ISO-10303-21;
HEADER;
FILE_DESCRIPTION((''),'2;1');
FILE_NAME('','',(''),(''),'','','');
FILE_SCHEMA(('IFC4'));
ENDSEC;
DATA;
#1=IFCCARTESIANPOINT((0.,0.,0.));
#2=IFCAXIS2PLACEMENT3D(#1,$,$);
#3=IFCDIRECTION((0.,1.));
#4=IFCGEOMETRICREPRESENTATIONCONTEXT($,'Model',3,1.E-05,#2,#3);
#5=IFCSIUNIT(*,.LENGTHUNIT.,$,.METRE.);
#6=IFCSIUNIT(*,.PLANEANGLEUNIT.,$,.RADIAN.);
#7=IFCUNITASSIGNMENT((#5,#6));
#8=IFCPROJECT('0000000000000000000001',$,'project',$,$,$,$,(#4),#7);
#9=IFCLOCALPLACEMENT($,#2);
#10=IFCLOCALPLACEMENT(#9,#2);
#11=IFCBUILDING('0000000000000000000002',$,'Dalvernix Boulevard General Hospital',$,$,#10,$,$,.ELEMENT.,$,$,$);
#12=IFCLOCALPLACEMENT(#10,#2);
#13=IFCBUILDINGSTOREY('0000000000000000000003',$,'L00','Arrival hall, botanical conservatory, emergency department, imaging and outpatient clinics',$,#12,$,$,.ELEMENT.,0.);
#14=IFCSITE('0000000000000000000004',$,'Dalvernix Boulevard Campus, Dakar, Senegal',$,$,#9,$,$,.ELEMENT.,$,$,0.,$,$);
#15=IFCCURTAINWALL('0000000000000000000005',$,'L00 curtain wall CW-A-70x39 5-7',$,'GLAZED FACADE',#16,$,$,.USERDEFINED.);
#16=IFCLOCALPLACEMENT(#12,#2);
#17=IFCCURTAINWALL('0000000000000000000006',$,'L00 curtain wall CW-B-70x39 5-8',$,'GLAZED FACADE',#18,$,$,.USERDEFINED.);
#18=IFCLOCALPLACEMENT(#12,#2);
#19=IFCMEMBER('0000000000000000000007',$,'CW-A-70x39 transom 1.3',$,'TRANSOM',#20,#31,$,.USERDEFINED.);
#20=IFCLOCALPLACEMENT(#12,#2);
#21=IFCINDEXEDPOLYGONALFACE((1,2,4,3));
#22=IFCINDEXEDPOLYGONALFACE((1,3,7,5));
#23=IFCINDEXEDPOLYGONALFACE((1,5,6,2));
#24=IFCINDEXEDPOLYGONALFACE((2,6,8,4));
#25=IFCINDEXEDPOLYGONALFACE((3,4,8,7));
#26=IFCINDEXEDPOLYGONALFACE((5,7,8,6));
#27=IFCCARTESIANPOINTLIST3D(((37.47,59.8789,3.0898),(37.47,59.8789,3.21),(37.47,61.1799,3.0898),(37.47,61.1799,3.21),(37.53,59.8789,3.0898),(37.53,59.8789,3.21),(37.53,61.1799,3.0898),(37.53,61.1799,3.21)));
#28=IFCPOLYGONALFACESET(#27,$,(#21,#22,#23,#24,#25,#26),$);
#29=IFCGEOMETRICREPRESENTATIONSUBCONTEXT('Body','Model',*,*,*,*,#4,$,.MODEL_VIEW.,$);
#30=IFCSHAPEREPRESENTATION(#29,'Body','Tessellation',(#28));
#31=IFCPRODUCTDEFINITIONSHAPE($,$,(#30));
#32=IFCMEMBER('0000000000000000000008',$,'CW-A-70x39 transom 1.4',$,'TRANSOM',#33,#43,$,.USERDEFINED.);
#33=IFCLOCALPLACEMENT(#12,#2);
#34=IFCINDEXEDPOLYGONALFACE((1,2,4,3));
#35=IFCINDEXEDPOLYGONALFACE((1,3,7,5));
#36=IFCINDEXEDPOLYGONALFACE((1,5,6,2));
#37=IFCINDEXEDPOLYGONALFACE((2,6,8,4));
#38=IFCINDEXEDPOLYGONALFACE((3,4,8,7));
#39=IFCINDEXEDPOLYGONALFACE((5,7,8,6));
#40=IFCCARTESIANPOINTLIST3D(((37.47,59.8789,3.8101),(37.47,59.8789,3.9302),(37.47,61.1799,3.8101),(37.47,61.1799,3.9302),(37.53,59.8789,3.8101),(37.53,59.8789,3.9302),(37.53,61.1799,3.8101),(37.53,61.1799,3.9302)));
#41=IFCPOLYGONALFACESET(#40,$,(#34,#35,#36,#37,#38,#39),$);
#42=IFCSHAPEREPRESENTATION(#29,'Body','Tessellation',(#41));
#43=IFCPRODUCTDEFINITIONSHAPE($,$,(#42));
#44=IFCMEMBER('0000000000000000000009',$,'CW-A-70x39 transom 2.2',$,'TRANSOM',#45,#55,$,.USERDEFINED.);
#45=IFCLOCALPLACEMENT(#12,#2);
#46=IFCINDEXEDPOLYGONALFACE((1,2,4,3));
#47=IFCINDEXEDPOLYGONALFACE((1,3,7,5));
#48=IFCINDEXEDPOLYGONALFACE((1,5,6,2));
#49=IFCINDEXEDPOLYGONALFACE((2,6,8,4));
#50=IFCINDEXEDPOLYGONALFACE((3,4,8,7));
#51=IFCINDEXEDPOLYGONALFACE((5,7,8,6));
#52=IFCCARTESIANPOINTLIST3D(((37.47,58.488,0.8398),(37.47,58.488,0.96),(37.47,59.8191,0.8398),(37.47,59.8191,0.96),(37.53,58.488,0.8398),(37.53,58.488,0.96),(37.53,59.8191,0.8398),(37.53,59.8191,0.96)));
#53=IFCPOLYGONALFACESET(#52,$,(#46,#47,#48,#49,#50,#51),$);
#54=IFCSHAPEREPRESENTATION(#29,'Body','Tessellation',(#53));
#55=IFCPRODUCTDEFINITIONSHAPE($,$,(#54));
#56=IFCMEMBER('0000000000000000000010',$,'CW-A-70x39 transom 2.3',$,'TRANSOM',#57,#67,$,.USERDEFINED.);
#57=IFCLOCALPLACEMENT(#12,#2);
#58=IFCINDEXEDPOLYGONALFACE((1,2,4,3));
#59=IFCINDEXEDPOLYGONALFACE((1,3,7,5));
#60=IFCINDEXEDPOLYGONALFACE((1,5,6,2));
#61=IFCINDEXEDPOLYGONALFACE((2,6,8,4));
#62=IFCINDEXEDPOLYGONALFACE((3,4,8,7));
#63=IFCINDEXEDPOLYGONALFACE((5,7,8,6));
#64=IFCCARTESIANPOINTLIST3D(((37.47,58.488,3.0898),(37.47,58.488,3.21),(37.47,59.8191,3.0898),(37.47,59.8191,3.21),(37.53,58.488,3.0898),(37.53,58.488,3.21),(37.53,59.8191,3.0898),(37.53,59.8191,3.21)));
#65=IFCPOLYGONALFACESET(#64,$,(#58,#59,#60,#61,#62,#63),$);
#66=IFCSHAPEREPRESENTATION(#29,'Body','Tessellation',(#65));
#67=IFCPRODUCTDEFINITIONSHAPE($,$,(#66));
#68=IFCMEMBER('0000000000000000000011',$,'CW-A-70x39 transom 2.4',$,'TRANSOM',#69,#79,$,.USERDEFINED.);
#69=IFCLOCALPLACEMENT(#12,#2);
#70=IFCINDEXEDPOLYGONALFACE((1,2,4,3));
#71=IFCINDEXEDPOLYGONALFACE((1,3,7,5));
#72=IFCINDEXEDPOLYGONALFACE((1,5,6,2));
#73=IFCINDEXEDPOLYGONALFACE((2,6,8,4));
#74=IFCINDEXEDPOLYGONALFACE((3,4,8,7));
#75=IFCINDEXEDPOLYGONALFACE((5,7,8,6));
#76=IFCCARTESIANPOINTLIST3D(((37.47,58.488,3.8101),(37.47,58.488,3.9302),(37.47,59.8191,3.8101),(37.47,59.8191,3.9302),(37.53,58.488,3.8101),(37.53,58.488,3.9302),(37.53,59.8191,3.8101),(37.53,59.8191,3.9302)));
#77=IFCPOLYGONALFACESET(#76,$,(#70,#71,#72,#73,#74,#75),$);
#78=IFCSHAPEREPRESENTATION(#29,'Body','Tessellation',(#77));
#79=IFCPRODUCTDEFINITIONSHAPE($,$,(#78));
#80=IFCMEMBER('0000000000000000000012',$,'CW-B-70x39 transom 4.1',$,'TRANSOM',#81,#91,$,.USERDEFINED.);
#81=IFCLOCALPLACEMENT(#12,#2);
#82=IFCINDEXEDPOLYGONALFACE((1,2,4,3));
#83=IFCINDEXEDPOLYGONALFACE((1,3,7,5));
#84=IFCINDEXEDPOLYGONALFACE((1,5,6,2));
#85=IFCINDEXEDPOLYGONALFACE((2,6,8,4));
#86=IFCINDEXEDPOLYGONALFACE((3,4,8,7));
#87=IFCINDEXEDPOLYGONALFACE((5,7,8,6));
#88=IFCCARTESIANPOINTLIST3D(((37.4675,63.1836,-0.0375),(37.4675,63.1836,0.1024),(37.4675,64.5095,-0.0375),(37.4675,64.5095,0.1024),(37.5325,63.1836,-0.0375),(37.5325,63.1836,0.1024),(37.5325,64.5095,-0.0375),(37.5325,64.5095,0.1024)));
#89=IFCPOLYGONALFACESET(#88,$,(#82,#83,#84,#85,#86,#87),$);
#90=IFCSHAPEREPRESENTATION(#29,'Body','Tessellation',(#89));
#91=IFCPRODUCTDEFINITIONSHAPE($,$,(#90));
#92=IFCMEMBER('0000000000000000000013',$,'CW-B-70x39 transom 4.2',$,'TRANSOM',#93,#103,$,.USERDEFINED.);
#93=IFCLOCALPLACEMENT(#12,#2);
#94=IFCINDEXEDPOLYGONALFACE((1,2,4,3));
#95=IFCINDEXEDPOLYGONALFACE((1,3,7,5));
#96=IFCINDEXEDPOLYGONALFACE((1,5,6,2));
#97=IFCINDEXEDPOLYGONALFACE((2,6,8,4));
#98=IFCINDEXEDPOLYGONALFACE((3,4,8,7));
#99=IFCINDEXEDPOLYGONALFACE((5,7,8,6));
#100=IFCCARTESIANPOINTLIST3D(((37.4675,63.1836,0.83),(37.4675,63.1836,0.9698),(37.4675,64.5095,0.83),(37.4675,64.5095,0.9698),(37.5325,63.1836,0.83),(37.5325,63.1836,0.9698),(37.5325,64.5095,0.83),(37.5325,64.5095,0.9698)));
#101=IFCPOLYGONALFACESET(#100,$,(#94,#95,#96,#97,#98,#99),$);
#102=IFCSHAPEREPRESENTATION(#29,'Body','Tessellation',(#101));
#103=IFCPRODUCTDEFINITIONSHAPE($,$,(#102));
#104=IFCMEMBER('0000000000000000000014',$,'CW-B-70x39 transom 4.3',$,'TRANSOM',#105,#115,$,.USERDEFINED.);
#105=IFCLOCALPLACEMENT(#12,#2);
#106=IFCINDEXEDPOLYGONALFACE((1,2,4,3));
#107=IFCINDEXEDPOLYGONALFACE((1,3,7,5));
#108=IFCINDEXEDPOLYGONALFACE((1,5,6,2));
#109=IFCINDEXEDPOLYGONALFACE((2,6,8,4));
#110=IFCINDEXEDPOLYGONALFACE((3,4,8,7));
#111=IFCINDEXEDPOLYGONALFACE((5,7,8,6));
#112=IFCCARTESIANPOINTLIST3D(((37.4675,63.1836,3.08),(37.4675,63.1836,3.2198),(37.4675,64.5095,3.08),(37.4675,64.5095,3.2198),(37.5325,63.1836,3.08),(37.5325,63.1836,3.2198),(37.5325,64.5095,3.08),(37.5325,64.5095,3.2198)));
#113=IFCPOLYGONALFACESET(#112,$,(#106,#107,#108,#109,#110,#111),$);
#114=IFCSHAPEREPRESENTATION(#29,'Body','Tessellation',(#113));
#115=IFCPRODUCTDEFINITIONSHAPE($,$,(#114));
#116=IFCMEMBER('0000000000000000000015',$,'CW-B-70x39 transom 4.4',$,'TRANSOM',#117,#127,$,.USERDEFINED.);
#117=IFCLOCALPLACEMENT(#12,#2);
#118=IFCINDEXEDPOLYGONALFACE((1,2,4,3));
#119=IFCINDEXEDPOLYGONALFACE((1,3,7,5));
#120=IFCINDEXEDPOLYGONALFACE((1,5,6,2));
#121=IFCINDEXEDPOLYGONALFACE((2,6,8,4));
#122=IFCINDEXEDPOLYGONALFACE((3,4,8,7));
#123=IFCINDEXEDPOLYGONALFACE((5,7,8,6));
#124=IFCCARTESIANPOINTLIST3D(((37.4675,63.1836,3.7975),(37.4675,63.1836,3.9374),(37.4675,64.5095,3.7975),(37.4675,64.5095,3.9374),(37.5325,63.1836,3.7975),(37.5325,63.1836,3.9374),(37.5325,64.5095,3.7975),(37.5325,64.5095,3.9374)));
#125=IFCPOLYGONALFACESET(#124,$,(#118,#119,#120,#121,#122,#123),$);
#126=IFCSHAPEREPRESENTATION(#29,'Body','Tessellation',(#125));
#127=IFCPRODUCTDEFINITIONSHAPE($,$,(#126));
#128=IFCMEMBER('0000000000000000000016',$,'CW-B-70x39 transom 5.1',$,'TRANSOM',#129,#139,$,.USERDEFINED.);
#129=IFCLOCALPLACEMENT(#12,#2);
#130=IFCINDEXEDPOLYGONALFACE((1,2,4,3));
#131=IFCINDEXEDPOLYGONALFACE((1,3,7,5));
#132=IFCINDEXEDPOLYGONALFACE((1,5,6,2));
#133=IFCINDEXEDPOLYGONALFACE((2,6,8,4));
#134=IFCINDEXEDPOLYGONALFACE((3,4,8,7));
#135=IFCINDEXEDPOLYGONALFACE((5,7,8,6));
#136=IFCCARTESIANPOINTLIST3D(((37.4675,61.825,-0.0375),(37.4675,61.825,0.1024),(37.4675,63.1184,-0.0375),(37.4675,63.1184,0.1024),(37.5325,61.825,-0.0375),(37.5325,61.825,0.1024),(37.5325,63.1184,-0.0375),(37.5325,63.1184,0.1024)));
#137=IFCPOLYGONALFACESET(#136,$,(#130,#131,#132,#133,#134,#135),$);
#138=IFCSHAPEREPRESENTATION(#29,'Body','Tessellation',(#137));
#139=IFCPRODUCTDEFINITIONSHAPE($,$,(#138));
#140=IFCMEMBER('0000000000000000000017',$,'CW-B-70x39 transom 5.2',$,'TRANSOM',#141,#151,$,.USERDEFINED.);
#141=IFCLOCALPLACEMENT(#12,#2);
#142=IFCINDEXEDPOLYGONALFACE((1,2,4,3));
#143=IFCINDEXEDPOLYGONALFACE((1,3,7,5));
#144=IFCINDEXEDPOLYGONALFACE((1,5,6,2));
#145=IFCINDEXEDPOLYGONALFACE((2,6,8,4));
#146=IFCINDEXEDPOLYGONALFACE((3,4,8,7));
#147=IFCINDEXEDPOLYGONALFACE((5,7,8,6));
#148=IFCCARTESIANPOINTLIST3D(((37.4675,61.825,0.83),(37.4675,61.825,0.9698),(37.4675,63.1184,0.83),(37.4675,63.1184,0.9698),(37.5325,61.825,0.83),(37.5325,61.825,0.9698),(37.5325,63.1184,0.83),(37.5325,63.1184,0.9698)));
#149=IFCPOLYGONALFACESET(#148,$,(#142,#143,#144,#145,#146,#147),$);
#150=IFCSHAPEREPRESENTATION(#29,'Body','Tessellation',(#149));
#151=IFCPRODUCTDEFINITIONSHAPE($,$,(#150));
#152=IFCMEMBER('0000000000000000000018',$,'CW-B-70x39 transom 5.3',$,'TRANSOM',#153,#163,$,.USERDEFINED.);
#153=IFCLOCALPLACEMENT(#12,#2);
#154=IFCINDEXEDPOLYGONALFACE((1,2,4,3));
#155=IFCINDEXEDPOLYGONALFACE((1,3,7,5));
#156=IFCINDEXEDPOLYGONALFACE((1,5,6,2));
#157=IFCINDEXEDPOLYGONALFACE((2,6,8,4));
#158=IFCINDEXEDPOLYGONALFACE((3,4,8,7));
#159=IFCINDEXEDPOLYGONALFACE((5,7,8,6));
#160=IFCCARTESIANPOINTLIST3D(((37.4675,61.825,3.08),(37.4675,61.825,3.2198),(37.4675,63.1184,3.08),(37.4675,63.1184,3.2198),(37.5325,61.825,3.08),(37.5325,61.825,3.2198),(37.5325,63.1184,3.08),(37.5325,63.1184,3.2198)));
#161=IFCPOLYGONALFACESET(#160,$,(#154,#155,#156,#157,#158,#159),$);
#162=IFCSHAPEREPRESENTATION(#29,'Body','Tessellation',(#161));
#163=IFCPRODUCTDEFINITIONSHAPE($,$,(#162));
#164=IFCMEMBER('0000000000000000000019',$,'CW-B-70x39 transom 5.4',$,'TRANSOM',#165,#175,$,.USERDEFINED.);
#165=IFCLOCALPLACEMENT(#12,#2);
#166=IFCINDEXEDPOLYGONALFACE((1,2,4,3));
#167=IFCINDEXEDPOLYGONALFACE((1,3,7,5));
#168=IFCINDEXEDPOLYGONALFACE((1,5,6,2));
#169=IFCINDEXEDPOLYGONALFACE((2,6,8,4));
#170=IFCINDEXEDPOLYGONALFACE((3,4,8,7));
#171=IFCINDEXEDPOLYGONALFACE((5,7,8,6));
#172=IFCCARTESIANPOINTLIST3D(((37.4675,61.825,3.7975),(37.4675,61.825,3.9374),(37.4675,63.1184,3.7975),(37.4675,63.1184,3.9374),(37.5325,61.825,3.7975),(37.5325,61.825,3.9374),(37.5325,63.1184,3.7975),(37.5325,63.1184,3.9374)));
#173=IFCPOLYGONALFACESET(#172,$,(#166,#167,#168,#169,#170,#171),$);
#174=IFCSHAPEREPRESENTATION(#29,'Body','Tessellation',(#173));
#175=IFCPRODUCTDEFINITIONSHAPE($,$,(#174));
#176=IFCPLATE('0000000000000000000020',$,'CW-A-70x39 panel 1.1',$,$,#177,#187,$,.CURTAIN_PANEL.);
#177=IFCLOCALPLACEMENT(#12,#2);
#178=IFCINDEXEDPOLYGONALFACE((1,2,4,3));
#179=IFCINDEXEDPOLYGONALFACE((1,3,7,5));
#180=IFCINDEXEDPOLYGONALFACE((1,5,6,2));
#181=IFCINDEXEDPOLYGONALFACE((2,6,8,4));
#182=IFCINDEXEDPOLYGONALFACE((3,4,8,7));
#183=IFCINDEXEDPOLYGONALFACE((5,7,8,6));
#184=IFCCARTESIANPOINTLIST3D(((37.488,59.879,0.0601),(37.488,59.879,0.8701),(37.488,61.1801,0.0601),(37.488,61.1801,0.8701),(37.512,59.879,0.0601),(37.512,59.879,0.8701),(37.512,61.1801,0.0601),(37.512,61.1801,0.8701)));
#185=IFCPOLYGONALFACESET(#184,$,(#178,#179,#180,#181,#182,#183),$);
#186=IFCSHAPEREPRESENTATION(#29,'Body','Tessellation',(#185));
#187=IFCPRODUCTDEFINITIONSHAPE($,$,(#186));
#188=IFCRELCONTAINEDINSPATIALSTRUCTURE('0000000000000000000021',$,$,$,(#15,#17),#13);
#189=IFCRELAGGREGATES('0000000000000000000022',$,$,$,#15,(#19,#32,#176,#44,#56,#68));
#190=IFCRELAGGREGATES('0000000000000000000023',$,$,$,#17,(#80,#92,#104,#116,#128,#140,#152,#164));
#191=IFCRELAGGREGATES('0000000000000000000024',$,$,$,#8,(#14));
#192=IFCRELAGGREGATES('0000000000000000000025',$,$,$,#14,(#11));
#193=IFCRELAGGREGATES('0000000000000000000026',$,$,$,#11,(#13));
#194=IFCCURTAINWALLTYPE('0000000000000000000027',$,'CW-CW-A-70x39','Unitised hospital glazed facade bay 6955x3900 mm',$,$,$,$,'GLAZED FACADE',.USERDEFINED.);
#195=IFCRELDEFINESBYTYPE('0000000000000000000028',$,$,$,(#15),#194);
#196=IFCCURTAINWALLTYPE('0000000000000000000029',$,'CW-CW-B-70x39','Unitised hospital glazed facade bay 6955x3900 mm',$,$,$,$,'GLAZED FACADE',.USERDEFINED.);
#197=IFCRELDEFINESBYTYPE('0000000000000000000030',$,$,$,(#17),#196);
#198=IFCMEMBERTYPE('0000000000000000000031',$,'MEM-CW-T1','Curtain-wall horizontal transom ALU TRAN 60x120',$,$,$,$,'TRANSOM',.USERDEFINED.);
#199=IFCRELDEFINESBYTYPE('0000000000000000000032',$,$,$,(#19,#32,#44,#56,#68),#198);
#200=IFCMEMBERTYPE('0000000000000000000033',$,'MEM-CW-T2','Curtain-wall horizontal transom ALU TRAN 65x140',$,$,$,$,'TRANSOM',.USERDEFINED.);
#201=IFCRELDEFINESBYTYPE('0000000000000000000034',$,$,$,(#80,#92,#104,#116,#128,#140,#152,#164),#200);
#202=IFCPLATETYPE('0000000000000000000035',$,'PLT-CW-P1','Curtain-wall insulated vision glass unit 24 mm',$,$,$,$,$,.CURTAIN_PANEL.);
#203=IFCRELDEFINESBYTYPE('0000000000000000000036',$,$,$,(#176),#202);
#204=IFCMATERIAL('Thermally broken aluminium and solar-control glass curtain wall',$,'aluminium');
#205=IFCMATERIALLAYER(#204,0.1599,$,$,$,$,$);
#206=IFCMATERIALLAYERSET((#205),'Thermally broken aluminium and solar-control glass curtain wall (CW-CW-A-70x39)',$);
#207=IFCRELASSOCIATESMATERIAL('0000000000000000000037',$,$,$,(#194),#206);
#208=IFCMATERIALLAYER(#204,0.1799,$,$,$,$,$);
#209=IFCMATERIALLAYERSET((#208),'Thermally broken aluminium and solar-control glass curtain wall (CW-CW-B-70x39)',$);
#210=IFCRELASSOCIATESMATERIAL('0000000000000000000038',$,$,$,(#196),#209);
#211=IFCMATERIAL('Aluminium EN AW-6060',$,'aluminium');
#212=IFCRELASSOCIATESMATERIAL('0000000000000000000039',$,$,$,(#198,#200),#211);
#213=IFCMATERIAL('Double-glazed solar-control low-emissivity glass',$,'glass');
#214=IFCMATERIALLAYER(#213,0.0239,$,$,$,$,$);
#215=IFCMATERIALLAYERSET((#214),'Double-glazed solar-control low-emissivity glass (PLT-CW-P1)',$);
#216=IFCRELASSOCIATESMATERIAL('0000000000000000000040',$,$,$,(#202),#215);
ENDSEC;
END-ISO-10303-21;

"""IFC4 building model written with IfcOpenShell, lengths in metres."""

from ifc_helpers import new_model, si_unit, direction, frame, origin, origin_2d, place, context, subcontext, project, spatial, rectangle, extrude, material, layer, layer_set, material_profile, profile_set, type_object, element, aggregate, save


model = new_model("IFC4")

# Units and contexts
model_context = context("Model", 3, precision=1e-05, world=origin(), true_north=direction((0.0, 1.0)))
body_context = subcontext(model_context, "Body", "Model", "MODEL_VIEW")
ifc_project = project(units=[si_unit("LENGTHUNIT", "METRE"), si_unit("PLANEANGLEUNIT", "RADIAN")], contexts=[model_context])

# Site, building, storey
site_placement = place(None, origin())
site = spatial("IfcSite", under=ifc_project, at=site_placement, Name="Dalvernix Boulevard Campus, Dakar, Senegal", CompositionType="ELEMENT", RefElevation=0.0)
building_placement = place(site_placement, origin())
building = spatial("IfcBuilding", under=site, at=building_placement, Name="Dalvernix Boulevard General Hospital", CompositionType="ELEMENT")
storey_placement = place(building_placement, origin())
storey = spatial("IfcBuildingStorey", under=building, at=storey_placement, Name="L00", Description="Arrival hall, botanical conservatory, emergency department, imaging and outpatient clinics", CompositionType="ELEMENT", Elevation=0.0)

# Curtain walls
ifc_material_1 = material(Name="Thermally broken aluminium and solar-control glass curtain wall", Category="aluminium")
ifc_layer_1 = layer(ifc_material_1, 0.1599)
ifc_layer_set_1 = layer_set([ifc_layer_1], Name="Thermally broken aluminium and solar-control glass curtain wall (CW-CW-A-70x39)")
curtain_wall_type_1 = type_object("IfcCurtainWallType", Name="CW-CW-A-70x39", Description="Unitised hospital glazed facade bay 6955x3900 mm", ElementType="GLAZED FACADE", PredefinedType="USERDEFINED", material=ifc_layer_set_1)
curtain_wall_1_placement = place(storey_placement, origin())
curtain_wall_1 = element("IfcCurtainWall", 1, at=curtain_wall_1_placement, inside=storey, type_object=curtain_wall_type_1, Name="L00 curtain wall CW-A-70x39 5-7", ObjectType="GLAZED FACADE", PredefinedType="USERDEFINED")
ifc_material_2 = material(Name="Aluminium EN AW-6060", Category="aluminium")
ifc_layer_2 = layer(ifc_material_1, 0.1799)
ifc_layer_set_2 = layer_set([ifc_layer_2], Name="Thermally broken aluminium and solar-control glass curtain wall (CW-CW-B-70x39)")
curtain_wall_type_2 = type_object("IfcCurtainWallType", Name="CW-CW-B-70x39", Description="Unitised hospital glazed facade bay 6955x3900 mm", ElementType="GLAZED FACADE", PredefinedType="USERDEFINED", material=ifc_layer_set_2)
curtain_wall_2_placement = place(storey_placement, origin())
curtain_wall_2 = element("IfcCurtainWall", 2, at=curtain_wall_2_placement, inside=storey, type_object=curtain_wall_type_2, Name="L00 curtain wall CW-B-70x39 5-8", ObjectType="GLAZED FACADE", PredefinedType="USERDEFINED")

# Members
ifc_material_profile_1 = material_profile(ifc_material_2, rectangle(XDim=0.0601, YDim=0.1201, at=origin_2d()), Name="ALU TRAN 60x120")
ifc_profile_set_1 = profile_set([ifc_material_profile_1], Name="Aluminium EN AW-6060")
member_type_1 = type_object("IfcMemberType", Name="MEM-CW-T1", Description="Curtain-wall horizontal transom ALU TRAN 60x120", ElementType="TRANSOM", PredefinedType="USERDEFINED", material=ifc_profile_set_1)
member_1_placement = place(storey_placement, frame((37.5, 61.1799, 3.1499), z_axis=(0.0, -1.0, 0.0), x_axis=(1.0, 0.0, 0.0)))
member_1 = element("IfcMember", 3, at=member_1_placement, type_object=member_type_1, Name="CW-A-70x39 transom 1.3", ObjectType="TRANSOM", PredefinedType="USERDEFINED", context=body_context, shape_type="SweptSolid", body=[
    extrude(rectangle(XDim=0.0601, YDim=0.1201, at=origin_2d()), origin(), (0.0, 0.0, 1.0), 1.301),
])
member_2_placement = place(storey_placement, frame((37.5, 61.1799, 3.8701), z_axis=(0.0, -1.0, 0.0), x_axis=(1.0, 0.0, 0.0)))
member_2 = element("IfcMember", 4, at=member_2_placement, type_object=member_type_1, Name="CW-A-70x39 transom 1.4", ObjectType="TRANSOM", PredefinedType="USERDEFINED", context=body_context, shape_type="SweptSolid", body=[
    extrude(rectangle(XDim=0.0601, YDim=0.1201, at=origin_2d()), origin(), (0.0, 0.0, 1.0), 1.301),
])
member_3_placement = place(storey_placement, frame((37.5, 59.8191, 0.8999), z_axis=(0.0, -1.0, 0.0), x_axis=(1.0, 0.0, 0.0)))
member_3 = element("IfcMember", 5, at=member_3_placement, type_object=member_type_1, Name="CW-A-70x39 transom 2.2", ObjectType="TRANSOM", PredefinedType="USERDEFINED", context=body_context, shape_type="SweptSolid", body=[
    extrude(rectangle(XDim=0.0601, YDim=0.1201, at=origin_2d()), origin(), (0.0, 0.0, 1.0), 1.3311),
])
member_4_placement = place(storey_placement, frame((37.5, 59.8191, 3.1499), z_axis=(0.0, -1.0, 0.0), x_axis=(1.0, 0.0, 0.0)))
member_4 = element("IfcMember", 6, at=member_4_placement, type_object=member_type_1, Name="CW-A-70x39 transom 2.3", ObjectType="TRANSOM", PredefinedType="USERDEFINED", context=body_context, shape_type="SweptSolid", body=[
    extrude(rectangle(XDim=0.0601, YDim=0.1201, at=origin_2d()), origin(), (0.0, 0.0, 1.0), 1.3311),
])
member_5_placement = place(storey_placement, frame((37.5, 59.8191, 3.8701), z_axis=(0.0, -1.0, 0.0), x_axis=(1.0, 0.0, 0.0)))
member_5 = element("IfcMember", 7, at=member_5_placement, type_object=member_type_1, Name="CW-A-70x39 transom 2.4", ObjectType="TRANSOM", PredefinedType="USERDEFINED", context=body_context, shape_type="SweptSolid", body=[
    extrude(rectangle(XDim=0.0601, YDim=0.1201, at=origin_2d()), origin(), (0.0, 0.0, 1.0), 1.3311),
])
ifc_material_profile_2 = material_profile(ifc_material_2, rectangle(XDim=0.0649, YDim=0.1399, at=origin_2d()), Name="ALU TRAN 65x140")
ifc_profile_set_2 = profile_set([ifc_material_profile_2], Name="Aluminium EN AW-6060")
member_type_2 = type_object("IfcMemberType", Name="MEM-CW-T2", Description="Curtain-wall horizontal transom ALU TRAN 65x140", ElementType="TRANSOM", PredefinedType="USERDEFINED", material=ifc_profile_set_2)
member_6_placement = place(storey_placement, frame((37.5, 64.5095, 0.0325), z_axis=(0.0, -1.0, 0.0), x_axis=(1.0, 0.0, 0.0)))
member_6 = element("IfcMember", 8, at=member_6_placement, type_object=member_type_2, Name="CW-B-70x39 transom 4.1", ObjectType="TRANSOM", PredefinedType="USERDEFINED", context=body_context, shape_type="SweptSolid", body=[
    extrude(rectangle(XDim=0.0649, YDim=0.1399, at=origin_2d()), origin(), (0.0, 0.0, 1.0), 1.3259),
])
member_7_placement = place(storey_placement, frame((37.5, 64.5095, 0.8999), z_axis=(0.0, -1.0, 0.0), x_axis=(1.0, 0.0, 0.0)))
member_7 = element("IfcMember", 9, at=member_7_placement, type_object=member_type_2, Name="CW-B-70x39 transom 4.2", ObjectType="TRANSOM", PredefinedType="USERDEFINED", context=body_context, shape_type="SweptSolid", body=[
    extrude(rectangle(XDim=0.0649, YDim=0.1399, at=origin_2d()), origin(), (0.0, 0.0, 1.0), 1.3259),
])
member_8_placement = place(storey_placement, frame((37.5, 64.5095, 3.1499), z_axis=(0.0, -1.0, 0.0), x_axis=(1.0, 0.0, 0.0)))
member_8 = element("IfcMember", 10, at=member_8_placement, type_object=member_type_2, Name="CW-B-70x39 transom 4.3", ObjectType="TRANSOM", PredefinedType="USERDEFINED", context=body_context, shape_type="SweptSolid", body=[
    extrude(rectangle(XDim=0.0649, YDim=0.1399, at=origin_2d()), origin(), (0.0, 0.0, 1.0), 1.3259),
])
member_9_placement = place(storey_placement, frame((37.5, 64.5095, 3.8674), z_axis=(0.0, -1.0, 0.0), x_axis=(1.0, 0.0, 0.0)))
member_9 = element("IfcMember", 11, at=member_9_placement, type_object=member_type_2, Name="CW-B-70x39 transom 4.4", ObjectType="TRANSOM", PredefinedType="USERDEFINED", context=body_context, shape_type="SweptSolid", body=[
    extrude(rectangle(XDim=0.0649, YDim=0.1399, at=origin_2d()), origin(), (0.0, 0.0, 1.0), 1.3259),
])
member_10_placement = place(storey_placement, frame((37.5, 63.1184, 0.0325), z_axis=(0.0, -1.0, 0.0), x_axis=(1.0, 0.0, 0.0)))
member_10 = element("IfcMember", 12, at=member_10_placement, type_object=member_type_2, Name="CW-B-70x39 transom 5.1", ObjectType="TRANSOM", PredefinedType="USERDEFINED", context=body_context, shape_type="SweptSolid", body=[
    extrude(rectangle(XDim=0.0649, YDim=0.1399, at=origin_2d()), origin(), (0.0, 0.0, 1.0), 1.2935),
])
member_11_placement = place(storey_placement, frame((37.5, 63.1184, 0.8999), z_axis=(0.0, -1.0, 0.0), x_axis=(1.0, 0.0, 0.0)))
member_11 = element("IfcMember", 13, at=member_11_placement, type_object=member_type_2, Name="CW-B-70x39 transom 5.2", ObjectType="TRANSOM", PredefinedType="USERDEFINED", context=body_context, shape_type="SweptSolid", body=[
    extrude(rectangle(XDim=0.0649, YDim=0.1399, at=origin_2d()), origin(), (0.0, 0.0, 1.0), 1.2935),
])
member_12_placement = place(storey_placement, frame((37.5, 63.1184, 3.1499), z_axis=(0.0, -1.0, 0.0), x_axis=(1.0, 0.0, 0.0)))
member_12 = element("IfcMember", 14, at=member_12_placement, type_object=member_type_2, Name="CW-B-70x39 transom 5.3", ObjectType="TRANSOM", PredefinedType="USERDEFINED", context=body_context, shape_type="SweptSolid", body=[
    extrude(rectangle(XDim=0.0649, YDim=0.1399, at=origin_2d()), origin(), (0.0, 0.0, 1.0), 1.2935),
])
member_13_placement = place(storey_placement, frame((37.5, 63.1184, 3.8674), z_axis=(0.0, -1.0, 0.0), x_axis=(1.0, 0.0, 0.0)))
member_13 = element("IfcMember", 15, at=member_13_placement, type_object=member_type_2, Name="CW-B-70x39 transom 5.4", ObjectType="TRANSOM", PredefinedType="USERDEFINED", context=body_context, shape_type="SweptSolid", body=[
    extrude(rectangle(XDim=0.0649, YDim=0.1399, at=origin_2d()), origin(), (0.0, 0.0, 1.0), 1.2935),
])

# Plate
ifc_material_3 = material(Name="Double-glazed solar-control low-emissivity glass", Category="glass")
ifc_layer_3 = layer(ifc_material_3, 0.0239)
ifc_layer_set_3 = layer_set([ifc_layer_3], Name="Double-glazed solar-control low-emissivity glass (PLT-CW-P1)")
plate_type_1 = type_object("IfcPlateType", Name="PLT-CW-P1", Description="Curtain-wall insulated vision glass unit 24 mm", PredefinedType="CURTAIN_PANEL", material=ifc_layer_set_3)
plate_1_placement = place(storey_placement, frame((37.5, 60.5295, 0.0601), z_axis=(0.0, 0.0, 1.0), x_axis=(0.0, -1.0, 0.0)))
plate_1 = element("IfcPlate", 16, at=plate_1_placement, type_object=plate_type_1, Name="CW-A-70x39 panel 1.1", PredefinedType="CURTAIN_PANEL", context=body_context, shape_type="SweptSolid", body=[
    extrude(rectangle(XDim=1.301, YDim=0.0239, at=origin_2d()), origin(), (0.0, 0.0, 1.0), 0.8101),
])
aggregate(curtain_wall_1, [member_1, member_2, plate_1, member_3, member_4, member_5])
aggregate(curtain_wall_2, [member_6, member_7, member_8, member_9, member_10, member_11, member_12, member_13])

save(model, "model.ifc")
